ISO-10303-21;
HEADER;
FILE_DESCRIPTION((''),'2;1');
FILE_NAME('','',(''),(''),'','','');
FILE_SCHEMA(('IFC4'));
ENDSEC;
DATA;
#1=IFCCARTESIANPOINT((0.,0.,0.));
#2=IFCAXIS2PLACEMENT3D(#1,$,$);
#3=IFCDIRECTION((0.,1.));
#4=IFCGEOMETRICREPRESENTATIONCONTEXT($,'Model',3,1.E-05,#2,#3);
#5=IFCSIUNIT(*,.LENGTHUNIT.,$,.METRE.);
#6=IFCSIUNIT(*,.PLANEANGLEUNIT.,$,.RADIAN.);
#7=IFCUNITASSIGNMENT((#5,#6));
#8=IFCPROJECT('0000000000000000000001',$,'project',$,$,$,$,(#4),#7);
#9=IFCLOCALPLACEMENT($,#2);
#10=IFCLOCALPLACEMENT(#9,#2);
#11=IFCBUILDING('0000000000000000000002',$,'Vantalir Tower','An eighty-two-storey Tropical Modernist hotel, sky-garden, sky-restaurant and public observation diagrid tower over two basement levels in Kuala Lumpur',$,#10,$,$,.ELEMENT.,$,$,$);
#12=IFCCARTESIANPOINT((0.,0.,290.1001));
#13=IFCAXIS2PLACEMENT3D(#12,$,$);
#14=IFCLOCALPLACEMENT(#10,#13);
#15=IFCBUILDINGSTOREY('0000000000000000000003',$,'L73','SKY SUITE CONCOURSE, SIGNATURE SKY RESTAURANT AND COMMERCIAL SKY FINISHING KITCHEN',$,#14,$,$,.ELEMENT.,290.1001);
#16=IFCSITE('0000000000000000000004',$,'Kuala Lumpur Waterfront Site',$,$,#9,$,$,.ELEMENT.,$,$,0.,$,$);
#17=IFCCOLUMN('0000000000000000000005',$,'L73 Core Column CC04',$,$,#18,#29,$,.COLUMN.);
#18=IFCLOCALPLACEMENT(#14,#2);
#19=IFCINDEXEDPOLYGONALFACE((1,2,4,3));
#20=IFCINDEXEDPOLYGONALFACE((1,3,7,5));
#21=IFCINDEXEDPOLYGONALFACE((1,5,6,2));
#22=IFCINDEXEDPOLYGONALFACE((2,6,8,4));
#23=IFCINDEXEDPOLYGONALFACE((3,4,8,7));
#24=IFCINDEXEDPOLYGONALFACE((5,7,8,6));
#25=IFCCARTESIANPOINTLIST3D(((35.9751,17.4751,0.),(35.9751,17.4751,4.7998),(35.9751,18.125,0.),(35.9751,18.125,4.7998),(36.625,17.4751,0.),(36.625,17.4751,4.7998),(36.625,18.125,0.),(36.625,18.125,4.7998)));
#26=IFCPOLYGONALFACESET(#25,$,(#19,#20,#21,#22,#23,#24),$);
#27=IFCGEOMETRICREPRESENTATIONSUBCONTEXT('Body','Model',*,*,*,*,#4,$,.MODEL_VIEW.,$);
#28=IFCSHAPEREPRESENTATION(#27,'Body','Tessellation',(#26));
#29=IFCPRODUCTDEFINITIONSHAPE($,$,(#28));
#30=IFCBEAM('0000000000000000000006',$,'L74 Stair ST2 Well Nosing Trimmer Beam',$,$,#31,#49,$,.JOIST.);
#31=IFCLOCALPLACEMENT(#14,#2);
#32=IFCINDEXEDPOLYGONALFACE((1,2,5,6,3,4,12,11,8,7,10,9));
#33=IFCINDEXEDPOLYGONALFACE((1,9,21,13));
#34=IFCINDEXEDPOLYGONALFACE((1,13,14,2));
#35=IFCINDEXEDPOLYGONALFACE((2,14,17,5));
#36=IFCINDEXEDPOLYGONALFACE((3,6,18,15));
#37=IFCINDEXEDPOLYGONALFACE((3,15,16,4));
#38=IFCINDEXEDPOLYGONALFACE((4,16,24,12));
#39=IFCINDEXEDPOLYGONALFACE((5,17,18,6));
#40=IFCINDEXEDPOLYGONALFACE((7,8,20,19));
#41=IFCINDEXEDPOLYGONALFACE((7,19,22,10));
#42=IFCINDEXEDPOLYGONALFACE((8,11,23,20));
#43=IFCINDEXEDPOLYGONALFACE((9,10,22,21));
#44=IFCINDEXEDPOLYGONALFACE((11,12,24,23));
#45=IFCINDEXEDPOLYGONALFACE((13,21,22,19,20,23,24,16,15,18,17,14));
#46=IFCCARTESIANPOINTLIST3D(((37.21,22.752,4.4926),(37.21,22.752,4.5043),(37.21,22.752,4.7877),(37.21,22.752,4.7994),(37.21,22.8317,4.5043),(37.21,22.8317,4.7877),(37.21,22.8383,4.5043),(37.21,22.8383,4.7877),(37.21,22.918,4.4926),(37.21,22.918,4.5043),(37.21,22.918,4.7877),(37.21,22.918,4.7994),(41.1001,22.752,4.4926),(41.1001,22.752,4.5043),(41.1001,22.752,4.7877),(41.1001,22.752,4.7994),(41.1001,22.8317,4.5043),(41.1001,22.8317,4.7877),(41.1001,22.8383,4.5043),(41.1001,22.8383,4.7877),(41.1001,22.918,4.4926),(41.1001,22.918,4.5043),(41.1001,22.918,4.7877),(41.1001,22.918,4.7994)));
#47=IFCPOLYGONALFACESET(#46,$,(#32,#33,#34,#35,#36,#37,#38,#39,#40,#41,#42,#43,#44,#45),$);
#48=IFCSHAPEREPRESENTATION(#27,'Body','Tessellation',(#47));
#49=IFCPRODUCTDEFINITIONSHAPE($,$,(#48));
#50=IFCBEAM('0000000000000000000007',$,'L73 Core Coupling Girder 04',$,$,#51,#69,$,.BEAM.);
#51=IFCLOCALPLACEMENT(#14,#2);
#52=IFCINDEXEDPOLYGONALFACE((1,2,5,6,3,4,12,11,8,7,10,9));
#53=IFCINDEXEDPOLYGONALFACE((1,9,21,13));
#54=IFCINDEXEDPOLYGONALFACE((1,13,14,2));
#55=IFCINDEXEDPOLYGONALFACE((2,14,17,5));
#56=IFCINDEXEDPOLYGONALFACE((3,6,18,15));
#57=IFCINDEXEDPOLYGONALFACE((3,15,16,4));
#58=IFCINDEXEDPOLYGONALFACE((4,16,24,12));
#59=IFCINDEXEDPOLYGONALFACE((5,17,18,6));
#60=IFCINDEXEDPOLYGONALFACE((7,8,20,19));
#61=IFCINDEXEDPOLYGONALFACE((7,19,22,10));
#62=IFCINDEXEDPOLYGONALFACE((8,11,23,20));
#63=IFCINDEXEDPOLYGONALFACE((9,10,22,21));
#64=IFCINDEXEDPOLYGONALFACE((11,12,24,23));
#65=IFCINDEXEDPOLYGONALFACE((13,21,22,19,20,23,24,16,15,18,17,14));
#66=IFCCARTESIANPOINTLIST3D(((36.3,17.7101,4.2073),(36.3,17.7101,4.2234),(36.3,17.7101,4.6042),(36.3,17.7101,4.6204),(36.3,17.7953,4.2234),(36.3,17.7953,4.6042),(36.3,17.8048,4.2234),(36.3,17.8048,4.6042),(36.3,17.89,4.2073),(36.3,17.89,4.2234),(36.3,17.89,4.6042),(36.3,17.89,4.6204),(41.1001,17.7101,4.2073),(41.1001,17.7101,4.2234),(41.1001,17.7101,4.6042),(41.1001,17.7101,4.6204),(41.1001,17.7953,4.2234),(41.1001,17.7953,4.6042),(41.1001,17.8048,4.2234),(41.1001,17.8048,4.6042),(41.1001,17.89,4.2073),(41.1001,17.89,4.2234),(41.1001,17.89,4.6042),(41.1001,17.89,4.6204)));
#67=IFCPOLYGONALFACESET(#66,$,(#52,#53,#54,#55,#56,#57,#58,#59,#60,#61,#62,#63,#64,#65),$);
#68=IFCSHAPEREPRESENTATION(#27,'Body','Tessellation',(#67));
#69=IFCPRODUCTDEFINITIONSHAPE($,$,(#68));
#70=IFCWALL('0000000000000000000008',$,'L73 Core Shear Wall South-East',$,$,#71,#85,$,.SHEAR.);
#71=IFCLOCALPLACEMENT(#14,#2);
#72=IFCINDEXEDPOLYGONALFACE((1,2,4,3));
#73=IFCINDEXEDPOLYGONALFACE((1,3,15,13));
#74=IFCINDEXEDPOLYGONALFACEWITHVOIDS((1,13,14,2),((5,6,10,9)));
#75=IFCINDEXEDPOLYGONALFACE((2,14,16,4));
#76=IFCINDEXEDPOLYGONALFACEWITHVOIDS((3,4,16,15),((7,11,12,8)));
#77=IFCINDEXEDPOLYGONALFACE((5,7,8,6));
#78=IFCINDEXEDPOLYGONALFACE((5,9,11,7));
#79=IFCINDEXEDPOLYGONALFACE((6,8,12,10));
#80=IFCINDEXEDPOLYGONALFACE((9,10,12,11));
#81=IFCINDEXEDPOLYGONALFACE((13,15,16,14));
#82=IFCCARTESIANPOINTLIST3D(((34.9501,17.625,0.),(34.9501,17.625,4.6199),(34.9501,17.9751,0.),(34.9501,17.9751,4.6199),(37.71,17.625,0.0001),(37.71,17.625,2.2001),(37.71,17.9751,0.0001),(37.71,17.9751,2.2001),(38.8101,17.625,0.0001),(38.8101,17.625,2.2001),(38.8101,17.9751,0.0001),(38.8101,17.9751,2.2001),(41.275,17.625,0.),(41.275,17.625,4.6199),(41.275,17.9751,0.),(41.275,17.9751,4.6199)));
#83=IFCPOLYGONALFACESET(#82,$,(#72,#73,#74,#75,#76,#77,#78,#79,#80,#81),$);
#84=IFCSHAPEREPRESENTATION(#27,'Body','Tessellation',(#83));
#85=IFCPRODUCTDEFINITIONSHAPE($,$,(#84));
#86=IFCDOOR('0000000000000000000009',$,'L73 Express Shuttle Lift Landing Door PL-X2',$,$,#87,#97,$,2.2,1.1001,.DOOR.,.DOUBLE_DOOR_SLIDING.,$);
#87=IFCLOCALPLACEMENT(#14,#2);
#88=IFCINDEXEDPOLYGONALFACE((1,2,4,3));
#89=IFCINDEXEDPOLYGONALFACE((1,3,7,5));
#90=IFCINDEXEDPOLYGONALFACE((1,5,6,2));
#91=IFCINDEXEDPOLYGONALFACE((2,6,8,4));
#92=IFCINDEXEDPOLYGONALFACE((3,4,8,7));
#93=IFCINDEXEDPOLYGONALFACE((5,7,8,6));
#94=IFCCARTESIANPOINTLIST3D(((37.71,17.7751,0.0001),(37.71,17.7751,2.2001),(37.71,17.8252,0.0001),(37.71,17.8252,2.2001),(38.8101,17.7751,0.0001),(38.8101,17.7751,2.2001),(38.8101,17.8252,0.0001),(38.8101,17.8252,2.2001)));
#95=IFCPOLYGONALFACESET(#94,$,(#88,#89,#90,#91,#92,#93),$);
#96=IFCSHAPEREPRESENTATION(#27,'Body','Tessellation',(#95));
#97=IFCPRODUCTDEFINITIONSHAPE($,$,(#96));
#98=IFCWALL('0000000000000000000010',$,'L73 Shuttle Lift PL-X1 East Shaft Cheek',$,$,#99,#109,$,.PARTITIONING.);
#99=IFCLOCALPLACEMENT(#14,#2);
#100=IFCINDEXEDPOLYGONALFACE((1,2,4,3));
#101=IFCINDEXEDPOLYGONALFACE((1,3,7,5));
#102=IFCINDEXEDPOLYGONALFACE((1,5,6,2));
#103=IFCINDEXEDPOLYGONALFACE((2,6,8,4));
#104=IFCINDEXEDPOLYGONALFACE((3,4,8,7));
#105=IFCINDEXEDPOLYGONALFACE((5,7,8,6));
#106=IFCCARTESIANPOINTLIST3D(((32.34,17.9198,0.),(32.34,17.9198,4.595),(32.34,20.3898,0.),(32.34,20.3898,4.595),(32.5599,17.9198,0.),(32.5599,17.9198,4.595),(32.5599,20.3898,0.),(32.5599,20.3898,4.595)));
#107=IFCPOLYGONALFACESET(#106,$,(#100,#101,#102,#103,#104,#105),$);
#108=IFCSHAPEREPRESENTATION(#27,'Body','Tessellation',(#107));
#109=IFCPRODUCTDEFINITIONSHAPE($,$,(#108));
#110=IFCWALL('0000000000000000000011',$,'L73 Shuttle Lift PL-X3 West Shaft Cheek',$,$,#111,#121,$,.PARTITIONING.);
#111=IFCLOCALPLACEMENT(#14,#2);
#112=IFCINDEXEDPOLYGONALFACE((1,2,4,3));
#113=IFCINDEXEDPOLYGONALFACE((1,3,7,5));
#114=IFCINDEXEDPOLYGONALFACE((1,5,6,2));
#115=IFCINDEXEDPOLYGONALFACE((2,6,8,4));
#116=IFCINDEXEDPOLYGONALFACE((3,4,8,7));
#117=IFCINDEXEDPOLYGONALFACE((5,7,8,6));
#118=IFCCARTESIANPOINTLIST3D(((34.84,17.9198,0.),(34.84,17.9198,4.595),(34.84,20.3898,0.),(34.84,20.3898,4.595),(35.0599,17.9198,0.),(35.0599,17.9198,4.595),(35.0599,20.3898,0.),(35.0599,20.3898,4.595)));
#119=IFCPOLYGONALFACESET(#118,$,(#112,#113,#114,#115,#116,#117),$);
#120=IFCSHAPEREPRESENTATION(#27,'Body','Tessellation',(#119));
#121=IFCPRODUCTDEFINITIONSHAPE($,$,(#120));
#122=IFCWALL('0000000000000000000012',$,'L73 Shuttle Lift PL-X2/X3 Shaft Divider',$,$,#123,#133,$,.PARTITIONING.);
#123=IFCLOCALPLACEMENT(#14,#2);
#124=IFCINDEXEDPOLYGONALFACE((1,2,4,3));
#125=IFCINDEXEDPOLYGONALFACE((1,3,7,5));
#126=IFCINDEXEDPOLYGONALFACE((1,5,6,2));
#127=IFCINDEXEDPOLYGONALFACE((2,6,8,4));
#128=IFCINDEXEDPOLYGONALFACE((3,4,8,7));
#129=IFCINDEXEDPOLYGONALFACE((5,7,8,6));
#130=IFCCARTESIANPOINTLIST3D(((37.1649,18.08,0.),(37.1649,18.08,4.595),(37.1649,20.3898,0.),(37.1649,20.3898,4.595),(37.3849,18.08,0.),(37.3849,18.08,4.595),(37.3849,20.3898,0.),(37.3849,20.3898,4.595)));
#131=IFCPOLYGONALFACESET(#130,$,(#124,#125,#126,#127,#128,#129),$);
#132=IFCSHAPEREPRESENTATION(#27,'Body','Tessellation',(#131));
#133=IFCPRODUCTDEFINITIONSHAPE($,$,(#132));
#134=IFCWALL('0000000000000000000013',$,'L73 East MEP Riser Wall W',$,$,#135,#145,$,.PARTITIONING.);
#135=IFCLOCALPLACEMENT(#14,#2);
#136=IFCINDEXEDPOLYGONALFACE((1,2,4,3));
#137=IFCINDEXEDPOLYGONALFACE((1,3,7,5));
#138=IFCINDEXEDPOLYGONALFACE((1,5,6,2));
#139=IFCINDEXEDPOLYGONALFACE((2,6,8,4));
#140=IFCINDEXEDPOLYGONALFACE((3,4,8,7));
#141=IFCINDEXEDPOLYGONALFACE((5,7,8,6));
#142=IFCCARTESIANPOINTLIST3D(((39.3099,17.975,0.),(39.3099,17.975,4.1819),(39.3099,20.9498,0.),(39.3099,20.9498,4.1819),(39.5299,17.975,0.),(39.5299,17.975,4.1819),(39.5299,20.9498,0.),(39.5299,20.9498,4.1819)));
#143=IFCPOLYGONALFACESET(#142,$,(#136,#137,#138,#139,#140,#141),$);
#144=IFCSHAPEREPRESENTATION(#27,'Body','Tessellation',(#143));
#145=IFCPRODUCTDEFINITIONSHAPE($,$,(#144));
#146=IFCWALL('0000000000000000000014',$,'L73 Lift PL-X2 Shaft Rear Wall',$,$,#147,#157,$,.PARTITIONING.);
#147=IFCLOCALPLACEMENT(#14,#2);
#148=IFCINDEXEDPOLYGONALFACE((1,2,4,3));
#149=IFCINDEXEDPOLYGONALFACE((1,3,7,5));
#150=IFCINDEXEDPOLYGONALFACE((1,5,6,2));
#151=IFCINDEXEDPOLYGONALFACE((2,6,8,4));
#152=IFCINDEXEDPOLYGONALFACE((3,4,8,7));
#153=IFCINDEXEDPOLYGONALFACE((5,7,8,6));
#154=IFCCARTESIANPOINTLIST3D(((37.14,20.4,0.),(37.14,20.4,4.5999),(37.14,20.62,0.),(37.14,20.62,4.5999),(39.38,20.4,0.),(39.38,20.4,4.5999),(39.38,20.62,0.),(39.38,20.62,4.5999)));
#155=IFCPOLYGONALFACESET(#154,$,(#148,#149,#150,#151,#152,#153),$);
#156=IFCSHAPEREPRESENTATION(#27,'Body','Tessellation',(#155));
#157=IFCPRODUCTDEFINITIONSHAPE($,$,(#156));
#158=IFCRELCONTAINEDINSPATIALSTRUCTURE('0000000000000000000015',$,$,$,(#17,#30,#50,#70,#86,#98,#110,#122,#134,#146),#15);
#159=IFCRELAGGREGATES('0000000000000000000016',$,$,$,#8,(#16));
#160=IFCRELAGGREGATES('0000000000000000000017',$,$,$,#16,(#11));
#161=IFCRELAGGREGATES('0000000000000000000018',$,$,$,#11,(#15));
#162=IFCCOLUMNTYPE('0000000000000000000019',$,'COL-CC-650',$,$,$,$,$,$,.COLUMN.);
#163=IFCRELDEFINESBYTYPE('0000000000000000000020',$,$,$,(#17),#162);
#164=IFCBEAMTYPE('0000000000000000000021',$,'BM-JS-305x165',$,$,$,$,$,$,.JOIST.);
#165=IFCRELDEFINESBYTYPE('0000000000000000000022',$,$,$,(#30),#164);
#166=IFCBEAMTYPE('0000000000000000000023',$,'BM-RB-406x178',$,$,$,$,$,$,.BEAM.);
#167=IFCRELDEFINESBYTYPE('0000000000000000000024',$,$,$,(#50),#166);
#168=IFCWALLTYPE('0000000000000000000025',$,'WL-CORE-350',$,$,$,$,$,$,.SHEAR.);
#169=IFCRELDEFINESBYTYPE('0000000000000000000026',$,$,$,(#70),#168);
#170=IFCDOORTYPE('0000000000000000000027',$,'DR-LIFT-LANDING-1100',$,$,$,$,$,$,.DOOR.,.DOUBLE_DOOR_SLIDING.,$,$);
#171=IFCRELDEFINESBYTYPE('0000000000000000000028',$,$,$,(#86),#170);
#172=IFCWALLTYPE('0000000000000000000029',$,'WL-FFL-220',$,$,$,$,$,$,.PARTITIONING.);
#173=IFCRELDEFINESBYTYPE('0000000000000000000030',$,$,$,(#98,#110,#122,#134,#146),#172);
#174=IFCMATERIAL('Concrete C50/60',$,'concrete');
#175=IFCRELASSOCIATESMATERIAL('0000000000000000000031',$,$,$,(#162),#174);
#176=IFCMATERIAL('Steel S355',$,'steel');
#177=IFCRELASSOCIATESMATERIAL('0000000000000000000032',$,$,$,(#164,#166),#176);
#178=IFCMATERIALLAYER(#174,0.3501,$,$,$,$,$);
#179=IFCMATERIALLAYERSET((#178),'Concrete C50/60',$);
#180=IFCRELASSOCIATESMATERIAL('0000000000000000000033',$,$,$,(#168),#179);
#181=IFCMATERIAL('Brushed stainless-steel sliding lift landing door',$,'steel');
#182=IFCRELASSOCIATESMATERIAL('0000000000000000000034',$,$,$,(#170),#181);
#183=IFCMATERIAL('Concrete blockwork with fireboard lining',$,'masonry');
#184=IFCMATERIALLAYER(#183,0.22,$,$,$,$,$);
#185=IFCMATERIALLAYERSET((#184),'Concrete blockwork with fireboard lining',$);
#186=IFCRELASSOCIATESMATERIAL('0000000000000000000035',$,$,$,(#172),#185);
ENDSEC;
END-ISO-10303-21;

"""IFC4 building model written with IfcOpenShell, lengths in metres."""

from ifc_helpers import new_model, si_unit, direction, frame, frame_2d, origin, origin_2d, place, context, subcontext, project, spatial, rectangle, i_section, extrude, material, layer, layer_set, material_profile, profile_set, type_object, element, fill, save


model = new_model("IFC4")

# Units and contexts
model_context = context("Model", 3, precision=1e-05, world=origin(), true_north=direction((0.0, 1.0)))
body_context = subcontext(model_context, "Body", "Model", "MODEL_VIEW")
ifc_project = project(units=[si_unit("LENGTHUNIT", "METRE"), si_unit("PLANEANGLEUNIT", "RADIAN")], contexts=[model_context])

# Site, building, storey
site_placement = place(None, origin())
site = spatial("IfcSite", under=ifc_project, at=site_placement, Name="Kuala Lumpur Waterfront Site", CompositionType="ELEMENT", RefElevation=0.0)
building_placement = place(site_placement, origin())
building = spatial("IfcBuilding", under=site, at=building_placement, Name="Vantalir Tower", Description="An eighty-two-storey Tropical Modernist hotel, sky-garden, sky-restaurant and public observation diagrid tower over two basement levels in Kuala Lumpur", CompositionType="ELEMENT")
storey_placement = place(building_placement, frame((0.0, 0.0, 290.1001)))
storey = spatial("IfcBuildingStorey", under=building, at=storey_placement, Name="L73", Description="SKY SUITE CONCOURSE, SIGNATURE SKY RESTAURANT AND COMMERCIAL SKY FINISHING KITCHEN", CompositionType="ELEMENT", Elevation=290.1001)

# Column
ifc_material_1 = material(Name="Concrete C50/60", Category="concrete")
ifc_material_profile_1 = material_profile(ifc_material_1, rectangle(XDim=0.6499, YDim=0.6499, at=origin_2d()), Name="Concrete C50/60")
ifc_profile_set_1 = profile_set([ifc_material_profile_1], Name="Concrete C50/60")
column_type = type_object("IfcColumnType", Name="COL-CC-650", PredefinedType="COLUMN", material=ifc_profile_set_1)
column_placement = place(storey_placement, frame((36.3, 17.8, 0.0), z_axis=(0.0, 0.0, 1.0), x_axis=(1.0, 0.0, 0.0)))
element("IfcColumn", 1, at=column_placement, inside=storey, type_object=column_type, Name="L73 Core Column CC04", PredefinedType="COLUMN", context=body_context, shape_type="SweptSolid", body=[
    extrude(rectangle(XDim=0.6499, YDim=0.6499, at=origin_2d()), origin(), (0.0, 0.0, 1.0), 4.7998),
])

# Beams
ifc_material_2 = material(Name="Steel S355", Category="steel")
ifc_material_profile_2 = material_profile(ifc_material_2, i_section(OverallWidth=0.166, OverallDepth=0.3069, WebThickness=0.0066, FlangeThickness=0.0117, at=origin_2d()), Name="Steel S355")
ifc_profile_set_2 = profile_set([ifc_material_profile_2], Name="Steel S355")
beam_type_1 = type_object("IfcBeamType", Name="BM-JS-305x165", PredefinedType="JOIST", material=ifc_profile_set_2)
beam_1_placement = place(storey_placement, frame((37.21, 22.835, 4.646), z_axis=(1.0, 0.0, 0.0), x_axis=(0.0, 1.0, 0.0)))
element("IfcBeam", 2, at=beam_1_placement, inside=storey, type_object=beam_type_1, Name="L74 Stair ST2 Well Nosing Trimmer Beam", PredefinedType="JOIST", context=body_context, shape_type="SweptSolid", body=[
    extrude(i_section(OverallWidth=0.166, OverallDepth=0.3069, WebThickness=0.0066, FlangeThickness=0.0117, at=origin_2d()), origin(), (0.0, 0.0, 1.0), 3.8901),
])
ifc_material_profile_3 = material_profile(ifc_material_2, i_section(OverallWidth=0.1799, OverallDepth=0.4131, WebThickness=0.0095, FlangeThickness=0.0161, at=origin_2d()), Name="Steel S355")
ifc_profile_set_3 = profile_set([ifc_material_profile_3], Name="Steel S355")
beam_type_2 = type_object("IfcBeamType", Name="BM-RB-406x178", PredefinedType="BEAM", material=ifc_profile_set_3)
beam_2_placement = place(storey_placement, frame((36.3, 17.8, 4.4138), z_axis=(1.0, 0.0, 0.0), x_axis=(0.0, 1.0, 0.0)))
element("IfcBeam", 3, at=beam_2_placement, inside=storey, type_object=beam_type_2, Name="L73 Core Coupling Girder 04", PredefinedType="BEAM", context=body_context, shape_type="SweptSolid", body=[
    extrude(i_section(OverallWidth=0.1799, OverallDepth=0.4131, WebThickness=0.0095, FlangeThickness=0.0161, at=origin_2d()), origin(), (0.0, 0.0, 1.0), 4.8),
])

# Wall, opening, door
ifc_layer_1 = layer(ifc_material_1, 0.3501)
ifc_layer_set_1 = layer_set([ifc_layer_1], Name="Concrete C50/60")
wall_type_1 = type_object("IfcWallType", Name="WL-CORE-350", PredefinedType="SHEAR", material=ifc_layer_set_1)
wall_1_placement = place(storey_placement, frame((34.95, 17.8, 0.0), z_axis=(0.0, 0.0, 1.0), x_axis=(1.0, 0.0, 0.0)))
wall_1 = element("IfcWall", 4, at=wall_1_placement, inside=storey, type_object=wall_type_1, Name="L73 Core Shear Wall South-East", PredefinedType="SHEAR", context=body_context, shape_type="SweptSolid", body=[
    extrude(rectangle(XDim=6.325, YDim=0.3501, at=frame_2d((3.1626, 0.0))), origin(), (0.0, 0.0, 1.0), 4.6199),
])
opening_1_placement = place(wall_1_placement, frame((2.76, 0.0, 0.0)))
opening_1 = element("IfcOpeningElement", 5, at=opening_1_placement, cuts=wall_1, PredefinedType="OPENING", context=body_context, shape_type="SweptSolid", body=[
    extrude(rectangle(XDim=1.1001, YDim=2.2, at=frame_2d((0.55, 1.1001))), frame((0.0, 0.1851, 0.0), z_axis=(0.0, -1.0, 0.0), x_axis=(1.0, 0.0, 0.0)), (0.0, 0.0, 1.0), 0.3701),
])
ifc_material_3 = material(Name="Brushed stainless-steel sliding lift landing door", Category="steel")
door_type_1 = type_object("IfcDoorType", Name="DR-LIFT-LANDING-1100", OperationType="DOUBLE_DOOR_SLIDING", PredefinedType="DOOR", material=ifc_material_3)
door_1_placement = place(opening_1_placement, frame((1.1001, 0.0, 0.0), z_axis=(0.0, 0.0, 1.0), x_axis=(-1.0, 0.0, 0.0)))
door_1 = element("IfcDoor", 6, at=door_1_placement, inside=storey, type_object=door_type_1, Name="L73 Express Shuttle Lift Landing Door PL-X2", OperationType="DOUBLE_DOOR_SLIDING", OverallHeight=2.2, OverallWidth=1.1001, PredefinedType="DOOR", context=body_context, shape_type="SweptSolid", body=[
    extrude(rectangle(XDim=1.1001, YDim=2.2, at=frame_2d((0.55, 1.1001))), frame((0.0, 0.0249, 0.0), z_axis=(0.0, -1.0, 0.0), x_axis=(1.0, 0.0, 0.0)), (0.0, 0.0, 1.0), 0.05),
])
fill(opening_1, door_1)

# Walls
ifc_material_4 = material(Name="Concrete blockwork with fireboard lining", Category="masonry")
ifc_layer_2 = layer(ifc_material_4, 0.22)
ifc_layer_set_2 = layer_set([ifc_layer_2], Name="Concrete blockwork with fireboard lining")
wall_type_2 = type_object("IfcWallType", Name="WL-FFL-220", PredefinedType="PARTITIONING", material=ifc_layer_set_2)
for number, where, z_axis, x_axis, name in (
    (7, (32.45, 17.9199, 0.0), (0.0, 0.0, 1.0), (0.0, 1.0, 0.0), "L73 Shuttle Lift PL-X1 East Shaft Cheek"),
    (8, (34.95, 17.9199, 0.0), (0.0, 0.0, 1.0), (0.0, 1.0, 0.0), "L73 Shuttle Lift PL-X3 West Shaft Cheek"),
):
    element("IfcWall", number, at=place(storey_placement, frame(where, z_axis=z_axis, x_axis=x_axis)), inside=storey, type_object=wall_type_2, Name=name, PredefinedType="PARTITIONING", context=body_context, shape_type="SweptSolid", body=[
        extrude(rectangle(XDim=2.47, YDim=0.22, at=frame_2d((1.2349, 0.0))), origin(), (0.0, 0.0, 1.0), 4.595),
    ])
wall_2_placement = place(storey_placement, frame((37.2749, 18.0801, 0.0), z_axis=(0.0, 0.0, 1.0), x_axis=(0.0, 1.0, 0.0)))
element("IfcWall", 9, at=wall_2_placement, inside=storey, type_object=wall_type_2, Name="L73 Shuttle Lift PL-X2/X3 Shaft Divider", PredefinedType="PARTITIONING", context=body_context, shape_type="SweptSolid", body=[
    extrude(rectangle(XDim=2.3098, YDim=0.22, at=frame_2d((1.1548, 0.0))), origin(), (0.0, 0.0, 1.0), 4.595),
])
wall_3_placement = place(storey_placement, frame((39.4199, 17.9751, 0.0), z_axis=(0.0, 0.0, 1.0), x_axis=(0.0, 1.0, 0.0)))
element("IfcWall", 10, at=wall_3_placement, inside=storey, type_object=wall_type_2, Name="L73 East MEP Riser Wall W", PredefinedType="PARTITIONING", context=body_context, shape_type="SweptSolid", body=[
    extrude(rectangle(XDim=2.9749, YDim=0.22, at=frame_2d((1.4873, 0.0))), origin(), (0.0, 0.0, 1.0), 4.1819),
])
wall_4_placement = place(storey_placement, frame((37.1399, 20.51, 0.0), z_axis=(0.0, 0.0, 1.0), x_axis=(1.0, 0.0, 0.0)))
element("IfcWall", 11, at=wall_4_placement, inside=storey, type_object=wall_type_2, Name="L73 Lift PL-X2 Shaft Rear Wall", PredefinedType="PARTITIONING", context=body_context, shape_type="SweptSolid", body=[
    extrude(rectangle(XDim=2.24, YDim=0.22, at=frame_2d((1.1201, 0.0))), origin(), (0.0, 0.0, 1.0), 4.5999),
])

save(model, "model.ifc")
